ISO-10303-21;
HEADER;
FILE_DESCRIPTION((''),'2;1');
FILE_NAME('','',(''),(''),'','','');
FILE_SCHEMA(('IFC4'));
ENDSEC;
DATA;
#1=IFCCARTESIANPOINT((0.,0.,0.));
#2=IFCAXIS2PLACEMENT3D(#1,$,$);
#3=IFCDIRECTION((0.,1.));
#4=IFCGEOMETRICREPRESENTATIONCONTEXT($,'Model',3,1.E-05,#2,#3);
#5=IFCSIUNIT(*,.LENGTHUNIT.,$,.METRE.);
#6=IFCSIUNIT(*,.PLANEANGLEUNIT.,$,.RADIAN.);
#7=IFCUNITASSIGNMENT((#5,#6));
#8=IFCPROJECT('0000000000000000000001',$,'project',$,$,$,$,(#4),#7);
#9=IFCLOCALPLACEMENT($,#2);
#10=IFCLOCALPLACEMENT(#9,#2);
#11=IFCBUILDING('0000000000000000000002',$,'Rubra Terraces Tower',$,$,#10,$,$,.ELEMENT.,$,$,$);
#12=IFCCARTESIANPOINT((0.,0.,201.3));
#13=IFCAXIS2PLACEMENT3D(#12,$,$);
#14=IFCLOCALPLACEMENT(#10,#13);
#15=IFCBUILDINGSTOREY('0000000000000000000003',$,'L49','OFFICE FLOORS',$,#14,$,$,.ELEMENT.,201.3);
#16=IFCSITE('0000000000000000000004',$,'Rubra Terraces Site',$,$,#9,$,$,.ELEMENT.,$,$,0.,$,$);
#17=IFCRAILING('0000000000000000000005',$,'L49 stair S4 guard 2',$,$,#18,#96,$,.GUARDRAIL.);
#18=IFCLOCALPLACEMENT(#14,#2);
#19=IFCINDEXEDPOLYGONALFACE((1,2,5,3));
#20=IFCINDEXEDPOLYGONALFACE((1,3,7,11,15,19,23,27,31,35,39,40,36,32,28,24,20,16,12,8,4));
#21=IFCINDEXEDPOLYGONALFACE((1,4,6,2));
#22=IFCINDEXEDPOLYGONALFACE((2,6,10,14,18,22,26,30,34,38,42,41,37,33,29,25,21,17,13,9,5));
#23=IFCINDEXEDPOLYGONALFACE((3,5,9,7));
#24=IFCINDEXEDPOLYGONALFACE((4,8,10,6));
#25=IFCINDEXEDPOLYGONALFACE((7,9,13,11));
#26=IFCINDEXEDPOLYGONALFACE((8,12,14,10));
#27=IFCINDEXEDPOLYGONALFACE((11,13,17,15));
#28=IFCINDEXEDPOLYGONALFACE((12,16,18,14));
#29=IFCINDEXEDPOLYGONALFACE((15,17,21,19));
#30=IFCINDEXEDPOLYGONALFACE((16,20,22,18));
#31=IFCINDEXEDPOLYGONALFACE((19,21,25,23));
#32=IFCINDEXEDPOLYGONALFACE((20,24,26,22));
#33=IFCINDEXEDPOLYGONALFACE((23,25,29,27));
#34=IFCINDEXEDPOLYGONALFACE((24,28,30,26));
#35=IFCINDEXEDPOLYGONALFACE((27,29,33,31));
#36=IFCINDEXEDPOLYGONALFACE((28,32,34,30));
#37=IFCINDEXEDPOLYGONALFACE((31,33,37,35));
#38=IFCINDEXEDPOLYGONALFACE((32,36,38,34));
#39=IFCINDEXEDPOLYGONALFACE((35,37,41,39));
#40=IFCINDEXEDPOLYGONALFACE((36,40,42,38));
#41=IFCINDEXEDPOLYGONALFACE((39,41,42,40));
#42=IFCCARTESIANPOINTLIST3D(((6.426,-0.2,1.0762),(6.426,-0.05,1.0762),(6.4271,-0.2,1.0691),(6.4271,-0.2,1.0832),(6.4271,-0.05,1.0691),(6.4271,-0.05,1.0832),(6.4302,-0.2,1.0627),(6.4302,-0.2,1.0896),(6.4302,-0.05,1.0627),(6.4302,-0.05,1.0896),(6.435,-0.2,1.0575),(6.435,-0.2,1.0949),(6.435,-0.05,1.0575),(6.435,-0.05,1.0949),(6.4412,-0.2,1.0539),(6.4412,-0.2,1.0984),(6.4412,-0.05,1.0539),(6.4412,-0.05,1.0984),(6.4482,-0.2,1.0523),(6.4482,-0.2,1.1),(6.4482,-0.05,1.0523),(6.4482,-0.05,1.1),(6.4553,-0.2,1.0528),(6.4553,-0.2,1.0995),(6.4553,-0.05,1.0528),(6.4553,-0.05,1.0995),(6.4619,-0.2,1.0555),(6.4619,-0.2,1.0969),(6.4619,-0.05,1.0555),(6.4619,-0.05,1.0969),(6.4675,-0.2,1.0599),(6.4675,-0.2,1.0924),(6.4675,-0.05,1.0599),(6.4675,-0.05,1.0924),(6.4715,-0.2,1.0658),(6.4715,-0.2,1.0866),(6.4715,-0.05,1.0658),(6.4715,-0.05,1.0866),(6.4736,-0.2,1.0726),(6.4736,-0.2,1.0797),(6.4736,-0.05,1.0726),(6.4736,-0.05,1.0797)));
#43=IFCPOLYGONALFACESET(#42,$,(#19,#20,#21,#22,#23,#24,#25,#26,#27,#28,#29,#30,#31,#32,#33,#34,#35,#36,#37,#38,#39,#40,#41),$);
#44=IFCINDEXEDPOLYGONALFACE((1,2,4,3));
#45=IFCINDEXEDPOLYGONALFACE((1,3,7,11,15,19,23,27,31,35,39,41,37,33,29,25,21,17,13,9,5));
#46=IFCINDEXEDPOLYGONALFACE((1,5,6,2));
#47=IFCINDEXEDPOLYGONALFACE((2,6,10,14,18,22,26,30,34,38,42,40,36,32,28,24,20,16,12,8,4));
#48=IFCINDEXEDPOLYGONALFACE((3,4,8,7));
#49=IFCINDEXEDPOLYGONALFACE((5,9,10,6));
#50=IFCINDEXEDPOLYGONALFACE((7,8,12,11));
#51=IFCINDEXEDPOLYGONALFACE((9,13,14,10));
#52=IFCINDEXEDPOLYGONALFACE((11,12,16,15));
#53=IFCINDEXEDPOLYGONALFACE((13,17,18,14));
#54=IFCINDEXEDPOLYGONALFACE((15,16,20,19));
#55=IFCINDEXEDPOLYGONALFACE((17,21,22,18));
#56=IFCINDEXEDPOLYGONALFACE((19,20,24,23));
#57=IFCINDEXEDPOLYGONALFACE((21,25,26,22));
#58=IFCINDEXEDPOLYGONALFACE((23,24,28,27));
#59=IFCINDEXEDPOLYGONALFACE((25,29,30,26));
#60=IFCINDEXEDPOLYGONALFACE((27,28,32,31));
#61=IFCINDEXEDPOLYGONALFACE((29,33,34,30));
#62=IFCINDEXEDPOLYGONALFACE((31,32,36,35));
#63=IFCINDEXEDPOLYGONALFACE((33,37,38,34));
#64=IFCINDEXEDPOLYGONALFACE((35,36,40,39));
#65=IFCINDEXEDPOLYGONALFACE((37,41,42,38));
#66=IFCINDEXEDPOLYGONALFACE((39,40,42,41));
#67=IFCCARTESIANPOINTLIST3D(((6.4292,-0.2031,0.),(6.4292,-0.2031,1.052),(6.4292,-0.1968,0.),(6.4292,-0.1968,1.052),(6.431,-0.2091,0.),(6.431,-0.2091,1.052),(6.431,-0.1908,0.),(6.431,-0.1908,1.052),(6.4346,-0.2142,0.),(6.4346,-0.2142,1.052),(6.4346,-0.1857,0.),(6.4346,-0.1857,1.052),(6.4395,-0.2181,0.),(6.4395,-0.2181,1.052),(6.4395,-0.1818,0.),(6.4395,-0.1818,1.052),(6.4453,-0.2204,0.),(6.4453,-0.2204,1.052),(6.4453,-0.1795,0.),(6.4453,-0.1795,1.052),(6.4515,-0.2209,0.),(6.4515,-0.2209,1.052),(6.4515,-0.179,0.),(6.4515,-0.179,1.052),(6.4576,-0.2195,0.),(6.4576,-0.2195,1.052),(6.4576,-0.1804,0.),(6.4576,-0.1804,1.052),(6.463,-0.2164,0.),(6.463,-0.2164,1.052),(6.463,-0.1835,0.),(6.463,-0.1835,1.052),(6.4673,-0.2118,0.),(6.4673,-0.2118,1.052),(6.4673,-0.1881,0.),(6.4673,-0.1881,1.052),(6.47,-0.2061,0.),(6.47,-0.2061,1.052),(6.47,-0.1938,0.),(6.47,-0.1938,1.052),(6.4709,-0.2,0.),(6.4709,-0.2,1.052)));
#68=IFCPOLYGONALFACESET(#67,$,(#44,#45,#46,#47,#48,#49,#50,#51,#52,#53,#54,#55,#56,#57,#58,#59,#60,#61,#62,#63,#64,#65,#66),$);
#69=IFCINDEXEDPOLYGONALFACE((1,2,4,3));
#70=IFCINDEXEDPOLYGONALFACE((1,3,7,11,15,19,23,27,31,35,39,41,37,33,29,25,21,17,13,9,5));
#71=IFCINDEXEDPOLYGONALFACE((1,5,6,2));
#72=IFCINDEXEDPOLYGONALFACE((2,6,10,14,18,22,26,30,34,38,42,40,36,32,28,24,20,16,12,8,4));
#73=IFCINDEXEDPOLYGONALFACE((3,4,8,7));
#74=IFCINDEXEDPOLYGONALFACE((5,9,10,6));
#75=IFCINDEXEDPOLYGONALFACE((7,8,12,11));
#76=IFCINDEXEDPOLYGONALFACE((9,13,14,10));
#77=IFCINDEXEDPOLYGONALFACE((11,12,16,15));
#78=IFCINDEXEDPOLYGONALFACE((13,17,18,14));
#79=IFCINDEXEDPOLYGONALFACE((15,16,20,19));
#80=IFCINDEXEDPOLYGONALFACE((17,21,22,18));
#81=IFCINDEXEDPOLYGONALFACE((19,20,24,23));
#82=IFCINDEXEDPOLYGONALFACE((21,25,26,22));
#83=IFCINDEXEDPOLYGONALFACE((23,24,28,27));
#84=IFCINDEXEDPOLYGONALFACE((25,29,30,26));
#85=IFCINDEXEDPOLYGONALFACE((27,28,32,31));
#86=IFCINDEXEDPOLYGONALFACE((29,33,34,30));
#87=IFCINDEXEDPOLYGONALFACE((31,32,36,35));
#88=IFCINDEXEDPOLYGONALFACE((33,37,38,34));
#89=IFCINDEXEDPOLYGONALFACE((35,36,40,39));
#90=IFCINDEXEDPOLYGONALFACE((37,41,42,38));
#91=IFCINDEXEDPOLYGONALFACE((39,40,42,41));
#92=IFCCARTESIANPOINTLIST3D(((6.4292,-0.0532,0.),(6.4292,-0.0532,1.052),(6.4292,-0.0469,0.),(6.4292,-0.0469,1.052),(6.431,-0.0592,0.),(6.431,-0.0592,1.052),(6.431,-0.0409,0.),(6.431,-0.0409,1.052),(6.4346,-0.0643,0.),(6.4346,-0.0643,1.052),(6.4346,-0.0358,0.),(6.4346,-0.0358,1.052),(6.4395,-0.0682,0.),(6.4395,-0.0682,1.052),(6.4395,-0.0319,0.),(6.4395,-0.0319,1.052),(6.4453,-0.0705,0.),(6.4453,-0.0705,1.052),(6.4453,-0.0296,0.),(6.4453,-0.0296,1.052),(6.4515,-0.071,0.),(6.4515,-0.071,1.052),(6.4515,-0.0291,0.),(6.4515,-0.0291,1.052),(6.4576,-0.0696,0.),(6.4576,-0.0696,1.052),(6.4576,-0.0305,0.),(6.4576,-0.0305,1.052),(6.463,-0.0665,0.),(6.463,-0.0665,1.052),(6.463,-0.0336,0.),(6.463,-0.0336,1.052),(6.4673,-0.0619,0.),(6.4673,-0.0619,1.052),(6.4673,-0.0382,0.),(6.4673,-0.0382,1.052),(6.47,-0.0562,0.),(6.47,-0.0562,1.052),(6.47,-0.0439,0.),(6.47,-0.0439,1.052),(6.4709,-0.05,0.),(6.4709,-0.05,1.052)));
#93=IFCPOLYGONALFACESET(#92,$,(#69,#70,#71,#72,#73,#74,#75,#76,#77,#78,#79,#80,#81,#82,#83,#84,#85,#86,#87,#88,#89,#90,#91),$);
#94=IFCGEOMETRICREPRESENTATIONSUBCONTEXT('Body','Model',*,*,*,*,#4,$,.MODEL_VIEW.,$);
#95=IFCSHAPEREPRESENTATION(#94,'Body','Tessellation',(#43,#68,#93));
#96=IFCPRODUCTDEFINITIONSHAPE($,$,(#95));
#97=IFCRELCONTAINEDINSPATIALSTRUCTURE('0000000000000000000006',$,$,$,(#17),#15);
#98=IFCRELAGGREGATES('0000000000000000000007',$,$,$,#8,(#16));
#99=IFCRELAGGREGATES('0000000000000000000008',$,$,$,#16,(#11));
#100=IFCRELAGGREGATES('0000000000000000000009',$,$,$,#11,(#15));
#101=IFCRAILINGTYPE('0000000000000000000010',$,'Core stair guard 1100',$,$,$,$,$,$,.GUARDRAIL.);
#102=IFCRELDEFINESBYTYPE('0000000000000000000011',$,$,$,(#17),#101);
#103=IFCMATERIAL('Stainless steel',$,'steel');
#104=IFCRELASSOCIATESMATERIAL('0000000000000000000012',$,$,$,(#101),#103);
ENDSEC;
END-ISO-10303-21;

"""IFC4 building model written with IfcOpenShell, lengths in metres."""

from ifc_helpers import new_model, si_unit, direction, frame, origin, origin_2d, place, context, subcontext, project, spatial, circle, extrude, material, type_object, element, save


model = new_model("IFC4")

# Units and contexts
model_context = context("Model", 3, precision=1e-05, world=origin(), true_north=direction((0.0, 1.0)))
body_context = subcontext(model_context, "Body", "Model", "MODEL_VIEW")
ifc_project = project(units=[si_unit("LENGTHUNIT", "METRE"), si_unit("PLANEANGLEUNIT", "RADIAN")], contexts=[model_context])

# Site, building, storey
site_placement = place(None, origin())
site = spatial("IfcSite", under=ifc_project, at=site_placement, Name="Rubra Terraces Site", CompositionType="ELEMENT", RefElevation=0.0)
building_placement = place(site_placement, origin())
building = spatial("IfcBuilding", under=site, at=building_placement, Name="Rubra Terraces Tower", CompositionType="ELEMENT")
storey_placement = place(building_placement, frame((0.0, 0.0, 201.3)))
storey = spatial("IfcBuildingStorey", under=building, at=storey_placement, Name="L49", Description="OFFICE FLOORS", CompositionType="ELEMENT", Elevation=201.3)

# Railing
ifc_material_1 = material(Name="Stainless steel", Category="steel")
railing_type_1 = type_object("IfcRailingType", Name="Core stair guard 1100", PredefinedType="GUARDRAIL", material=ifc_material_1)
railing_1_placement = place(storey_placement, frame((6.45, -0.2, 0.0)))
element("IfcRailing", 1, at=railing_1_placement, inside=storey, type_object=railing_type_1, Name="L49 stair S4 guard 2", PredefinedType="GUARDRAIL", context=body_context, shape_type="SweptSolid", body=[
    extrude(circle(Radius=0.0239, at=origin_2d()), frame((0.0, 0.0, 1.0762), z_axis=(0.0, 1.0, 0.0), x_axis=(-1.0, 0.0, 0.0)), (0.0, 0.0, 1.0), 0.1499),
    extrude(circle(Radius=0.021, at=origin_2d()), origin(), (0.0, 0.0, 1.0), 1.052),
    extrude(circle(Radius=0.021, at=origin_2d()), frame((0.0, 0.1499, 0.0)), (0.0, 0.0, 1.0), 1.052),
])

save(model, "model.ifc")
